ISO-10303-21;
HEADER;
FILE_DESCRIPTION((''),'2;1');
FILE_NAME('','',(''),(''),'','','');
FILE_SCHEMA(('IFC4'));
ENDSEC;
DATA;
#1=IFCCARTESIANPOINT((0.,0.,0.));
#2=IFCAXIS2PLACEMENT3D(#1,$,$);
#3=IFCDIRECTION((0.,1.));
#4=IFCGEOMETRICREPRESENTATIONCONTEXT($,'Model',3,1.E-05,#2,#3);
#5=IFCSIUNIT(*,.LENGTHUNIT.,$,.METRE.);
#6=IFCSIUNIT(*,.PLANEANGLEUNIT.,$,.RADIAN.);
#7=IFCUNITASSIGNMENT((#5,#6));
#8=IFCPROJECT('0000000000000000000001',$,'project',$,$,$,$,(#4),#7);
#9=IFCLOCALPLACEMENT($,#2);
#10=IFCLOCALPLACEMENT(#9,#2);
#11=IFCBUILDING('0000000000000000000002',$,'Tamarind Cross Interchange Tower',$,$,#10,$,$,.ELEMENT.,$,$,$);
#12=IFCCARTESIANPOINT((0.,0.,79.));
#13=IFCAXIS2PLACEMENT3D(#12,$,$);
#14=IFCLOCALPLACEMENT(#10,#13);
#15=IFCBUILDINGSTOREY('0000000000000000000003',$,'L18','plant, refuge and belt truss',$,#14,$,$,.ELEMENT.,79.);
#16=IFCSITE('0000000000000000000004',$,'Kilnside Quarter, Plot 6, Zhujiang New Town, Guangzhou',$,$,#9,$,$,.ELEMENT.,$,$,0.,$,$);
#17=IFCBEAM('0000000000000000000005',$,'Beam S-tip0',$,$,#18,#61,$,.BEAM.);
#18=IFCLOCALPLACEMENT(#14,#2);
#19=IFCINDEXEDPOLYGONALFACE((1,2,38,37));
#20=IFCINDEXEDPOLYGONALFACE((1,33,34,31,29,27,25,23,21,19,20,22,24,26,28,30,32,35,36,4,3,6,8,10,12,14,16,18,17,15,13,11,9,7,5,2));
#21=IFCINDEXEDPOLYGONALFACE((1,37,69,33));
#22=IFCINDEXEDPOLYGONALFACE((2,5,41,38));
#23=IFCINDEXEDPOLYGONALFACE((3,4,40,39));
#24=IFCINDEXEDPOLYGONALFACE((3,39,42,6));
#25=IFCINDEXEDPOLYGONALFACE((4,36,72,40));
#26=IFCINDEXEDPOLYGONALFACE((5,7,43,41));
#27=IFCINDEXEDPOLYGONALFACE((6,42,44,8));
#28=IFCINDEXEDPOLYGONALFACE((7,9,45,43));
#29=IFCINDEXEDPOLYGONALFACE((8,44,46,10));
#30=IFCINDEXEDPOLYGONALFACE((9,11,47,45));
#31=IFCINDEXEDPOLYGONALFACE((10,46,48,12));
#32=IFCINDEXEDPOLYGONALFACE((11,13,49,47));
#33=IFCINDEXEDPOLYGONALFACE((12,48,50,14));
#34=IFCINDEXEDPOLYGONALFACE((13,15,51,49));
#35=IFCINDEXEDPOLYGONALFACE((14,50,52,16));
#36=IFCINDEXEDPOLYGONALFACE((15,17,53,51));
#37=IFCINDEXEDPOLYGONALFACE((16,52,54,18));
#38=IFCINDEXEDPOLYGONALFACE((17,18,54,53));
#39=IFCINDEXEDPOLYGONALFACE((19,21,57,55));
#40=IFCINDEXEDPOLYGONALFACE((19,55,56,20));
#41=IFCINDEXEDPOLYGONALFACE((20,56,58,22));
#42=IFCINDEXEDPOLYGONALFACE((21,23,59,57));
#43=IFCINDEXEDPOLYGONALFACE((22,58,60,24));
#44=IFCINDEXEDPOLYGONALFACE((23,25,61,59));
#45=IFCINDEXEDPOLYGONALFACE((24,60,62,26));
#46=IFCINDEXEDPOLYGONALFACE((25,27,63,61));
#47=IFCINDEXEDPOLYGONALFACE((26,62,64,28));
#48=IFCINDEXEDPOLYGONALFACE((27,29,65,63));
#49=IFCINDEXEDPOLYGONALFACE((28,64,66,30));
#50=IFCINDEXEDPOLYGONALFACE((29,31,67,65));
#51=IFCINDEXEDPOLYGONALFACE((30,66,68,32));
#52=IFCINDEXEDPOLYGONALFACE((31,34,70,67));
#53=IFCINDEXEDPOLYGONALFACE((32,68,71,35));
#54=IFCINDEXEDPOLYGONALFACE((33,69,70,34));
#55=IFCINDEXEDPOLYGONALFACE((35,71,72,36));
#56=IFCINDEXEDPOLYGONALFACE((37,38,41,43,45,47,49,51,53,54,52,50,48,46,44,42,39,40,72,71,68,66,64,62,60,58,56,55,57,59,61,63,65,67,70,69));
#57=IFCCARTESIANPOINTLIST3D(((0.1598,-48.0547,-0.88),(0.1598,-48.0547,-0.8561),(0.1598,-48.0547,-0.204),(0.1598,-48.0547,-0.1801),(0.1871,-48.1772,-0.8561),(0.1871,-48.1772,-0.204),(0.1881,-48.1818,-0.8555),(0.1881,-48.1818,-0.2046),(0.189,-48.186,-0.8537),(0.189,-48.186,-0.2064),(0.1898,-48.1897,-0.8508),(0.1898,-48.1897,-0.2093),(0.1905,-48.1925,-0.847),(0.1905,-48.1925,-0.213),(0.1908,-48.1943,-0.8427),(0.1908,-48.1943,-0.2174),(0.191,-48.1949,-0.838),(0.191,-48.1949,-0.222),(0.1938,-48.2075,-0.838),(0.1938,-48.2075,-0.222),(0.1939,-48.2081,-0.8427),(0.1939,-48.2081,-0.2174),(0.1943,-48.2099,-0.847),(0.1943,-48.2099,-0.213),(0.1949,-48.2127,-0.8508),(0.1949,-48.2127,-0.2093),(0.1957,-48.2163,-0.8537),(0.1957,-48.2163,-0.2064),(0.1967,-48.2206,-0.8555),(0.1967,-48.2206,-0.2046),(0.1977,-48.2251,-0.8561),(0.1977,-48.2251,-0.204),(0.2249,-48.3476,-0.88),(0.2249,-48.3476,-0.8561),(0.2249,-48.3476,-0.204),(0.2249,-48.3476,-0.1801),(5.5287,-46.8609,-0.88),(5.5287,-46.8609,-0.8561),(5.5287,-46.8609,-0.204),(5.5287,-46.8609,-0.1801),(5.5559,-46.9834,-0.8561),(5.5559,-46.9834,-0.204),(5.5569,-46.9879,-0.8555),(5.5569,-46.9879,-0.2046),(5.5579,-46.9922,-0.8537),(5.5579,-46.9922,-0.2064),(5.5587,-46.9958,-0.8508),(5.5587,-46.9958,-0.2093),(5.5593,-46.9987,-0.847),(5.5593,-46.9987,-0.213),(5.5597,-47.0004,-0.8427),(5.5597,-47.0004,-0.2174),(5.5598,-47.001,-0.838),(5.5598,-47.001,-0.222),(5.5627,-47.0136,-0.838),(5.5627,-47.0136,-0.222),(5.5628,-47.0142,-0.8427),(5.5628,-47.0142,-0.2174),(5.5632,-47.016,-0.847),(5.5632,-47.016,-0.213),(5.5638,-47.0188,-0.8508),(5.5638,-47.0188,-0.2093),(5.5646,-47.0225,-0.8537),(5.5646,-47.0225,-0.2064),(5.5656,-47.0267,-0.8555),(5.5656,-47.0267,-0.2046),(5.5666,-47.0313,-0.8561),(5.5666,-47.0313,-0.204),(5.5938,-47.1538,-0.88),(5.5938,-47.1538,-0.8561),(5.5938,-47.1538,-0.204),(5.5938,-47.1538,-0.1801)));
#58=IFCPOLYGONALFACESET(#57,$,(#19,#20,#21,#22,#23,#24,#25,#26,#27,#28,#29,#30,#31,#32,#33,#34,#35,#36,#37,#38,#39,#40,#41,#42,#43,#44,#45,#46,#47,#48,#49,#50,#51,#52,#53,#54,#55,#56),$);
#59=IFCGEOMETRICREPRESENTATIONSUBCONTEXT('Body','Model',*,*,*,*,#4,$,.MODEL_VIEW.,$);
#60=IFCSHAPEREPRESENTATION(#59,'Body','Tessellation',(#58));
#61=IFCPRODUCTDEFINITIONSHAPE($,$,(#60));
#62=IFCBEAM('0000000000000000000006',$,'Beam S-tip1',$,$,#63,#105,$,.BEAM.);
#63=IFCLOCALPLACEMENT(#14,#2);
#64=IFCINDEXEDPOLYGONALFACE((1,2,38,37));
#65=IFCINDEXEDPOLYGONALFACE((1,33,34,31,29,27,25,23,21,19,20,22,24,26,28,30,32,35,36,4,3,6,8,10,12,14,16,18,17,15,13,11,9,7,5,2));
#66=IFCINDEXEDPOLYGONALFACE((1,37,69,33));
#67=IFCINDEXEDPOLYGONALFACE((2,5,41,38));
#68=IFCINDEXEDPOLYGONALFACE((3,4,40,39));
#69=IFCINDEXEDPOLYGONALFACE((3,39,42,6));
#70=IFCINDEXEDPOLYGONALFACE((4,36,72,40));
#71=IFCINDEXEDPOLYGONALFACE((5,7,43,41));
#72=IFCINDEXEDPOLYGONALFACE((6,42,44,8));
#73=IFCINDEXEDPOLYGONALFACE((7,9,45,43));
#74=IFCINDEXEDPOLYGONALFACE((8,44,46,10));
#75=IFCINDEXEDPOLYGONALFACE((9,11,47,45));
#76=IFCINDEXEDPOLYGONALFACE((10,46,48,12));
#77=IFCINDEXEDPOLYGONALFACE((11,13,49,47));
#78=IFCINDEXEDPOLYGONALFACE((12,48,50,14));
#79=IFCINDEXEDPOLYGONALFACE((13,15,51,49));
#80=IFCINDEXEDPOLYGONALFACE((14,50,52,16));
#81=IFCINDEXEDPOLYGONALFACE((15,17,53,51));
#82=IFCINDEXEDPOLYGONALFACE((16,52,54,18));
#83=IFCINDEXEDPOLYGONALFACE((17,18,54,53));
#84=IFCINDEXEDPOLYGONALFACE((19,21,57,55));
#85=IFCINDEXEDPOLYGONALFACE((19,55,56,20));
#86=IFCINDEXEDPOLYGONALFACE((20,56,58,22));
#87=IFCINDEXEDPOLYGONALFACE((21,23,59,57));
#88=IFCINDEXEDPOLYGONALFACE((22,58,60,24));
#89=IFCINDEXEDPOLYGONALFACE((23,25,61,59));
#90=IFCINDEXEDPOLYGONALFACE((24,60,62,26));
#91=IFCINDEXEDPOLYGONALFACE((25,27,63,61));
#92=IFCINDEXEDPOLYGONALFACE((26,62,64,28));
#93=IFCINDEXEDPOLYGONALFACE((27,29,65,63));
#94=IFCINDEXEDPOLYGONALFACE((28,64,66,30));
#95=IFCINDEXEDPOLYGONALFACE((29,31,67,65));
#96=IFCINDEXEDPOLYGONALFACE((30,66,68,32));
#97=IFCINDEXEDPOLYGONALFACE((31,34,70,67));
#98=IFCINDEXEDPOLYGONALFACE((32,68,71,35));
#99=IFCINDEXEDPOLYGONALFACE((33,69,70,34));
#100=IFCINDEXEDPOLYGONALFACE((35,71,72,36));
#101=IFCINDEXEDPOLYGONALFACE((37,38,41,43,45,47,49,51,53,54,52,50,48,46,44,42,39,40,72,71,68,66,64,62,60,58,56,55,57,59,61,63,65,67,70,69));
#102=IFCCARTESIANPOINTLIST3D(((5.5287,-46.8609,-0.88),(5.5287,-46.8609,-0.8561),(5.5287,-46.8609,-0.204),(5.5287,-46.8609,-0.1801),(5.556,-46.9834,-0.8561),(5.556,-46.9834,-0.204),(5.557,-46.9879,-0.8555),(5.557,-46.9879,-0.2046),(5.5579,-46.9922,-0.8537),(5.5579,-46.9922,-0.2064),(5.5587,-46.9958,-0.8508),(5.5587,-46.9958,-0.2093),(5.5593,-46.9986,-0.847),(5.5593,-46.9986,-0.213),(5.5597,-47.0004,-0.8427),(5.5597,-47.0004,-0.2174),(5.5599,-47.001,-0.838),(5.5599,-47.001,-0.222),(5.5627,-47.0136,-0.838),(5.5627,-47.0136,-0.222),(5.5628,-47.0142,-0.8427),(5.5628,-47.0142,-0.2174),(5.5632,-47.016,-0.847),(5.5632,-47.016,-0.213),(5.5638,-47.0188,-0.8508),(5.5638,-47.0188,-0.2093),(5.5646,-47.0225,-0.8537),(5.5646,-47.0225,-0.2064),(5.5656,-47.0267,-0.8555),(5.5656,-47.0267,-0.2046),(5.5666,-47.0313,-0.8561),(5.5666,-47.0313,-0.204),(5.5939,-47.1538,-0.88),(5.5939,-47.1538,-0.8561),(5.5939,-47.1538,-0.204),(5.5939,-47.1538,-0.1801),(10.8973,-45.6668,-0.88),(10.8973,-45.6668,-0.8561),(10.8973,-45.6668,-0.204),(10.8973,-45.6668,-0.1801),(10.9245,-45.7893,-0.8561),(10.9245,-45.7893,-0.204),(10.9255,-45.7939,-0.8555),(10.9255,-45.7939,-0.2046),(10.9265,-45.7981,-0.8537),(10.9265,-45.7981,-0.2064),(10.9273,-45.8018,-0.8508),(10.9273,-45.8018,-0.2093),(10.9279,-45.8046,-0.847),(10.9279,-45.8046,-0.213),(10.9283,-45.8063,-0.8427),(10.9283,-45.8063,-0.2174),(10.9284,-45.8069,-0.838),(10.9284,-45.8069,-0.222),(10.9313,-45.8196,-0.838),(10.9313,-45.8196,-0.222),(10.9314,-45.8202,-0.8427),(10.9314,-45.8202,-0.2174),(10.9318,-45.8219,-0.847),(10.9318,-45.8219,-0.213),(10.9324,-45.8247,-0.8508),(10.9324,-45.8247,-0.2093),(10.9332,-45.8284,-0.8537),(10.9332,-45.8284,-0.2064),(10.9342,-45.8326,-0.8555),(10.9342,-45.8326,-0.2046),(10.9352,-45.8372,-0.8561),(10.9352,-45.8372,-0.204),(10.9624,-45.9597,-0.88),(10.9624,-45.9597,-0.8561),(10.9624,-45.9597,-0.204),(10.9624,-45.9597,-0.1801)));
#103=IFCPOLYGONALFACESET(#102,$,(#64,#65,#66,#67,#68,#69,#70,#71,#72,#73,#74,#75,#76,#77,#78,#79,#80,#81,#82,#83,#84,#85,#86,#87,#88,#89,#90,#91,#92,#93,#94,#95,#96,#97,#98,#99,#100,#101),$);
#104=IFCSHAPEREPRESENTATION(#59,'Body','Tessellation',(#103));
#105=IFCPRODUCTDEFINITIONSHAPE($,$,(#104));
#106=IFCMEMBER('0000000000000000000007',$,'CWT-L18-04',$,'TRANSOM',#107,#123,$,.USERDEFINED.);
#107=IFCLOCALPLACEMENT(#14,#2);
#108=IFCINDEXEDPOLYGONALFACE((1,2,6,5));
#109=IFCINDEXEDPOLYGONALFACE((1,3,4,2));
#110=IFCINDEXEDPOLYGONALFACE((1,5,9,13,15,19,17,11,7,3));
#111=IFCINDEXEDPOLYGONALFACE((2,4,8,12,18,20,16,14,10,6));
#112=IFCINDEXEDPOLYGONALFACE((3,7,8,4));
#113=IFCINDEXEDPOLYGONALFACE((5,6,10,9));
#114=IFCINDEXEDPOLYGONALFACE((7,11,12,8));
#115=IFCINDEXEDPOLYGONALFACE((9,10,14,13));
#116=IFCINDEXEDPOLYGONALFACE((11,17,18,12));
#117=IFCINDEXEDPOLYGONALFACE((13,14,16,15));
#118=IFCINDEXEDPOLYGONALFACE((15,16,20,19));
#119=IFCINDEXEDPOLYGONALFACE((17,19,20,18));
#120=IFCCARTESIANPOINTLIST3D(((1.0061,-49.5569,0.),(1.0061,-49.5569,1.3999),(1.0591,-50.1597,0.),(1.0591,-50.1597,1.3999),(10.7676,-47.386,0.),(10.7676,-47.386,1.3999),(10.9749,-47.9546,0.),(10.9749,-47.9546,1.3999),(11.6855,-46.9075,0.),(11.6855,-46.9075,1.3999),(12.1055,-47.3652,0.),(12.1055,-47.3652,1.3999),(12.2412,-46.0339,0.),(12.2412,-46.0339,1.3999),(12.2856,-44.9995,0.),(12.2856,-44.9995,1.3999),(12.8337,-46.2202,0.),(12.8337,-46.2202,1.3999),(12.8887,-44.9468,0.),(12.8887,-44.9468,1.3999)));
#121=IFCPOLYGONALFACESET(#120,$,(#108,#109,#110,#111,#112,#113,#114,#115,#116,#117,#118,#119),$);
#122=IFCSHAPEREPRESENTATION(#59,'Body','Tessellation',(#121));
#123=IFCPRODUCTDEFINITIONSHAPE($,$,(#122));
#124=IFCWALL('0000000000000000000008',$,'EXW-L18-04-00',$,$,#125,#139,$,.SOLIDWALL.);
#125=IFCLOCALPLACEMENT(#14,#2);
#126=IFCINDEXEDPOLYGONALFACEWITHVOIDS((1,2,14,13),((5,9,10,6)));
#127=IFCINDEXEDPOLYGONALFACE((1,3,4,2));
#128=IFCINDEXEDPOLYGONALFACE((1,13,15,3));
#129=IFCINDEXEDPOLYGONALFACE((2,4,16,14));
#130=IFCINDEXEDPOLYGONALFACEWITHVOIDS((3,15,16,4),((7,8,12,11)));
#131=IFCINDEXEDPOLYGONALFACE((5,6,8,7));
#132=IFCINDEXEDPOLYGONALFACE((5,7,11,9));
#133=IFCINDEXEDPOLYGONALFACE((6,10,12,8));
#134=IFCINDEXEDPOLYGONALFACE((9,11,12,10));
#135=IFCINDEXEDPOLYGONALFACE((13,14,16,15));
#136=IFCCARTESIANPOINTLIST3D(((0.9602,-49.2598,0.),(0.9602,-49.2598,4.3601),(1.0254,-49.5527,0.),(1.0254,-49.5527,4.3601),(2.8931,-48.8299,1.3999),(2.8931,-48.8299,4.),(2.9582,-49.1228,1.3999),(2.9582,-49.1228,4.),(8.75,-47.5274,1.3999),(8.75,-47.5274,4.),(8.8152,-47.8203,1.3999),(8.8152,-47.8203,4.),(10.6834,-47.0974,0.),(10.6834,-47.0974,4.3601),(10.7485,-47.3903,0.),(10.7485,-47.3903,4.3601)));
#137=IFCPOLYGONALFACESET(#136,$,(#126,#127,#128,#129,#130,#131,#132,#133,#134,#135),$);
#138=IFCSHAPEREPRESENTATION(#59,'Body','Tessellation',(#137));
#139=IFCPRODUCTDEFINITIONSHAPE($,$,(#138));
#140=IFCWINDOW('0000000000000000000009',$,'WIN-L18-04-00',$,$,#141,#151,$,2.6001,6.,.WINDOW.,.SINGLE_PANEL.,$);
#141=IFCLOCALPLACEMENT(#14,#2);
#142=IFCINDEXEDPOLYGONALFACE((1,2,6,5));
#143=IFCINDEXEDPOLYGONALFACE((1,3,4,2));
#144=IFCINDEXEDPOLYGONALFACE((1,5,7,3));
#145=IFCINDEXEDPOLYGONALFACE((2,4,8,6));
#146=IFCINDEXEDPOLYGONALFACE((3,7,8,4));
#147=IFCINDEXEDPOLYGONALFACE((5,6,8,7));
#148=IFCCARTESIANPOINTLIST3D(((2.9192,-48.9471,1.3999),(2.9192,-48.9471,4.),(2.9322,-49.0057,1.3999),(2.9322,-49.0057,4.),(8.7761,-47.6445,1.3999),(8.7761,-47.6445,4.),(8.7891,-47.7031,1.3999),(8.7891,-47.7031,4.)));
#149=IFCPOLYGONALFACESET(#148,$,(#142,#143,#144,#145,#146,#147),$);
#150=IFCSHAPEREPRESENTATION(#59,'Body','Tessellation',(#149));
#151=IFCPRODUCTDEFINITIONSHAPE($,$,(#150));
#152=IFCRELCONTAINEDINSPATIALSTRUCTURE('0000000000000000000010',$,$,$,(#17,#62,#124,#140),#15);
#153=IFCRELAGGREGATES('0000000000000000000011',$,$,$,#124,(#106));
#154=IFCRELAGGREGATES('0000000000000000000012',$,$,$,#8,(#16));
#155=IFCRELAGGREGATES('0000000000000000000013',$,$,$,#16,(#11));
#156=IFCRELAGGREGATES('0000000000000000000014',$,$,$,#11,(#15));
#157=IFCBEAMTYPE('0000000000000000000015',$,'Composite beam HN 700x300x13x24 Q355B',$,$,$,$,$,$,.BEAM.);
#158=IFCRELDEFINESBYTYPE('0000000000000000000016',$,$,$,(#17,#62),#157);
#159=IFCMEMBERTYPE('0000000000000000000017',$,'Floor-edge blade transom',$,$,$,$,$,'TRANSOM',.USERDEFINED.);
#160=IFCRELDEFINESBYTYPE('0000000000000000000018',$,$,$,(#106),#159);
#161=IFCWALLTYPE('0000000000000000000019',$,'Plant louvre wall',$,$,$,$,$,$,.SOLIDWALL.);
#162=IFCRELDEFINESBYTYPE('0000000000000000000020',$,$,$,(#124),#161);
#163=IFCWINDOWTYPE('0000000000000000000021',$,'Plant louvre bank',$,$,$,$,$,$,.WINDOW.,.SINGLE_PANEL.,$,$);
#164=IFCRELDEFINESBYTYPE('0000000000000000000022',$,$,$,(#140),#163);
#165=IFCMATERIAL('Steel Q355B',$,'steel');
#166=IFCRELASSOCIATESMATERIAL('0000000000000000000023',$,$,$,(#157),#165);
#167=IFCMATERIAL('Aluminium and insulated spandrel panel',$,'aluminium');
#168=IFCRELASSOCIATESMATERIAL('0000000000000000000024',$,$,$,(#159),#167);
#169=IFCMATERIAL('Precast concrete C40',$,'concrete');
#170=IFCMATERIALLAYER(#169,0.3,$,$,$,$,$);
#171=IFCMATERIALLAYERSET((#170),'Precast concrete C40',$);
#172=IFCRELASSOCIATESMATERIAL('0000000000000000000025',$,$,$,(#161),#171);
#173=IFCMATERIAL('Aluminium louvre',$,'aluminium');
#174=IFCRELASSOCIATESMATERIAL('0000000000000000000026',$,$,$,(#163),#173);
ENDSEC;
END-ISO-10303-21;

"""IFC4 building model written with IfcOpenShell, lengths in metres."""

from ifc_helpers import new_model, si_unit, direction, frame, frame_2d, origin, origin_2d, place, context, subcontext, project, spatial, polyline, rectangle, i_section, outline, extrude, material, layer, layer_set, material_profile, profile_set, type_object, element, fill, aggregate, save


model = new_model("IFC4")

# Units and contexts
model_context = context("Model", 3, precision=1e-05, world=origin(), true_north=direction((0.0, 1.0)))
body_context = subcontext(model_context, "Body", "Model", "MODEL_VIEW")
ifc_project = project(units=[si_unit("LENGTHUNIT", "METRE"), si_unit("PLANEANGLEUNIT", "RADIAN")], contexts=[model_context])

# Site, building, storey
site_placement = place(None, origin())
site = spatial("IfcSite", under=ifc_project, at=site_placement, Name="Kilnside Quarter, Plot 6, Zhujiang New Town, Guangzhou", CompositionType="ELEMENT", RefElevation=0.0)
building_placement = place(site_placement, origin())
building = spatial("IfcBuilding", under=site, at=building_placement, Name="Tamarind Cross Interchange Tower", CompositionType="ELEMENT")
storey_placement = place(building_placement, frame((0.0, 0.0, 79.0)))
storey = spatial("IfcBuildingStorey", under=building, at=storey_placement, Name="L18", Description="plant, refuge and belt truss", CompositionType="ELEMENT", Elevation=79.0)

# Beams
ifc_material_1 = material(Name="Steel Q355B", Category="steel")
ifc_material_profile_1 = material_profile(ifc_material_1, i_section(OverallWidth=0.3, OverallDepth=0.7, WebThickness=0.0129, FlangeThickness=0.0239, FilletRadius=0.0181, at=origin_2d()), Name="HN 700x300x13x24")
ifc_profile_set_1 = profile_set([ifc_material_profile_1], Name="Steel Q355B")
beam_type_1 = type_object("IfcBeamType", Name="Composite beam HN 700x300x13x24 Q355B", PredefinedType="BEAM", material=ifc_profile_set_1)
beam_1_placement = place(storey_placement, frame((0.1924, -48.2012, -0.53), z_axis=(0.976158, 0.217062, 0.0), x_axis=(-0.217062, 0.976158, 0.0)))
element("IfcBeam", 1, at=beam_1_placement, inside=storey, type_object=beam_type_1, Name="Beam S-tip0", PredefinedType="BEAM", context=body_context, shape_type="SweptSolid", body=[
    extrude(i_section(OverallWidth=0.3, OverallDepth=0.7, WebThickness=0.0129, FlangeThickness=0.0239, FilletRadius=0.0181, at=origin_2d()), origin(), (0.0, 0.0, 1.0), 5.5),
])
beam_2_placement = place(storey_placement, frame((5.5613, -47.0073, -0.53), z_axis=(0.976146, 0.217114, 0.0), x_axis=(-0.217114, 0.976146, 0.0)))
element("IfcBeam", 2, at=beam_2_placement, inside=storey, type_object=beam_type_1, Name="Beam S-tip1", PredefinedType="BEAM", context=body_context, shape_type="SweptSolid", body=[
    extrude(i_section(OverallWidth=0.3, OverallDepth=0.7, WebThickness=0.0129, FlangeThickness=0.0239, FilletRadius=0.0181, at=origin_2d()), origin(), (0.0, 0.0, 1.0), 5.4998),
])

# Member
ifc_material_2 = material(Name="Aluminium and insulated spandrel panel", Category="aluminium")
member_type_1 = type_object("IfcMemberType", Name="Floor-edge blade transom", ElementType="TRANSOM", PredefinedType="USERDEFINED", material=ifc_material_2)
member_1_placement = place(storey_placement, origin())
member_1 = element("IfcMember", 3, at=member_1_placement, type_object=member_type_1, Name="CWT-L18-04", ObjectType="TRANSOM", PredefinedType="USERDEFINED", context=body_context, shape_type="SweptSolid", body=[
    extrude(outline(polyline([(1.0061, -49.5569), (10.7676, -47.386), (11.6855, -46.9075), (12.2412, -46.0339), (12.2856, -44.9995), (12.8887, -44.9468), (12.8337, -46.2202), (12.1055, -47.3652), (10.9749, -47.9546), (1.0591, -50.1597), (1.0061, -49.5569)])), origin(), (0.0, 0.0, 1.0), 1.3999),
])

# Wall, opening, window
ifc_material_3 = material(Name="Precast concrete C40", Category="concrete")
ifc_layer = layer(ifc_material_3, 0.3)
ifc_layer_set = layer_set([ifc_layer], Name="Precast concrete C40")
wall_type = type_object("IfcWallType", Name="Plant louvre wall", PredefinedType="SOLIDWALL", material=ifc_layer_set)
wall_1_placement = place(storey_placement, frame((0.9927, -49.4062, 0.0), z_axis=(0.0, 0.0, 1.0), x_axis=(0.976152, 0.217089, 0.0)))
wall_1 = element("IfcWall", 4, at=wall_1_placement, inside=storey, type_object=wall_type, Name="EXW-L18-04-00", PredefinedType="SOLIDWALL", context=body_context, shape_type="SweptSolid", body=[
    extrude(rectangle(XDim=9.9607, YDim=0.3, at=frame_2d((4.9805, 0.0))), origin(), (0.0, 0.0, 1.0), 4.3601),
])
opening_1_placement = place(wall_1_placement, frame((1.9802, 0.0, 1.3999)))
opening_1 = element("IfcOpeningElement", 5, at=opening_1_placement, cuts=wall_1, PredefinedType="OPENING", context=body_context, shape_type="SweptSolid", body=[
    extrude(rectangle(XDim=6.0, YDim=2.6001, at=frame_2d((3.0, 1.3))), frame((0.0, 0.1599, 0.0), z_axis=(0.0, -1.0, 0.0), x_axis=(1.0, 0.0, 0.0)), (0.0, 0.0, 1.0), 0.3201),
])
ifc_material_4 = material(Name="Aluminium louvre", Category="aluminium")
window_type_1 = type_object("IfcWindowType", Name="Plant louvre bank", PartitioningType="SINGLE_PANEL", PredefinedType="WINDOW", material=ifc_material_4)
window_1_placement = place(opening_1_placement, origin())
window_1 = element("IfcWindow", 6, at=window_1_placement, inside=storey, type_object=window_type_1, Name="WIN-L18-04-00", OverallHeight=2.6001, OverallWidth=6.0, PartitioningType="SINGLE_PANEL", PredefinedType="WINDOW", context=body_context, shape_type="SweptSolid", body=[
    extrude(rectangle(XDim=6.0, YDim=2.6001, at=frame_2d((3.0, 1.3))), frame((0.0, 0.03, 0.0), z_axis=(0.0, -1.0, 0.0), x_axis=(1.0, 0.0, 0.0)), (0.0, 0.0, 1.0), 0.0601),
])
fill(opening_1, window_1)
aggregate(wall_1, [member_1])

save(model, "model.ifc")
